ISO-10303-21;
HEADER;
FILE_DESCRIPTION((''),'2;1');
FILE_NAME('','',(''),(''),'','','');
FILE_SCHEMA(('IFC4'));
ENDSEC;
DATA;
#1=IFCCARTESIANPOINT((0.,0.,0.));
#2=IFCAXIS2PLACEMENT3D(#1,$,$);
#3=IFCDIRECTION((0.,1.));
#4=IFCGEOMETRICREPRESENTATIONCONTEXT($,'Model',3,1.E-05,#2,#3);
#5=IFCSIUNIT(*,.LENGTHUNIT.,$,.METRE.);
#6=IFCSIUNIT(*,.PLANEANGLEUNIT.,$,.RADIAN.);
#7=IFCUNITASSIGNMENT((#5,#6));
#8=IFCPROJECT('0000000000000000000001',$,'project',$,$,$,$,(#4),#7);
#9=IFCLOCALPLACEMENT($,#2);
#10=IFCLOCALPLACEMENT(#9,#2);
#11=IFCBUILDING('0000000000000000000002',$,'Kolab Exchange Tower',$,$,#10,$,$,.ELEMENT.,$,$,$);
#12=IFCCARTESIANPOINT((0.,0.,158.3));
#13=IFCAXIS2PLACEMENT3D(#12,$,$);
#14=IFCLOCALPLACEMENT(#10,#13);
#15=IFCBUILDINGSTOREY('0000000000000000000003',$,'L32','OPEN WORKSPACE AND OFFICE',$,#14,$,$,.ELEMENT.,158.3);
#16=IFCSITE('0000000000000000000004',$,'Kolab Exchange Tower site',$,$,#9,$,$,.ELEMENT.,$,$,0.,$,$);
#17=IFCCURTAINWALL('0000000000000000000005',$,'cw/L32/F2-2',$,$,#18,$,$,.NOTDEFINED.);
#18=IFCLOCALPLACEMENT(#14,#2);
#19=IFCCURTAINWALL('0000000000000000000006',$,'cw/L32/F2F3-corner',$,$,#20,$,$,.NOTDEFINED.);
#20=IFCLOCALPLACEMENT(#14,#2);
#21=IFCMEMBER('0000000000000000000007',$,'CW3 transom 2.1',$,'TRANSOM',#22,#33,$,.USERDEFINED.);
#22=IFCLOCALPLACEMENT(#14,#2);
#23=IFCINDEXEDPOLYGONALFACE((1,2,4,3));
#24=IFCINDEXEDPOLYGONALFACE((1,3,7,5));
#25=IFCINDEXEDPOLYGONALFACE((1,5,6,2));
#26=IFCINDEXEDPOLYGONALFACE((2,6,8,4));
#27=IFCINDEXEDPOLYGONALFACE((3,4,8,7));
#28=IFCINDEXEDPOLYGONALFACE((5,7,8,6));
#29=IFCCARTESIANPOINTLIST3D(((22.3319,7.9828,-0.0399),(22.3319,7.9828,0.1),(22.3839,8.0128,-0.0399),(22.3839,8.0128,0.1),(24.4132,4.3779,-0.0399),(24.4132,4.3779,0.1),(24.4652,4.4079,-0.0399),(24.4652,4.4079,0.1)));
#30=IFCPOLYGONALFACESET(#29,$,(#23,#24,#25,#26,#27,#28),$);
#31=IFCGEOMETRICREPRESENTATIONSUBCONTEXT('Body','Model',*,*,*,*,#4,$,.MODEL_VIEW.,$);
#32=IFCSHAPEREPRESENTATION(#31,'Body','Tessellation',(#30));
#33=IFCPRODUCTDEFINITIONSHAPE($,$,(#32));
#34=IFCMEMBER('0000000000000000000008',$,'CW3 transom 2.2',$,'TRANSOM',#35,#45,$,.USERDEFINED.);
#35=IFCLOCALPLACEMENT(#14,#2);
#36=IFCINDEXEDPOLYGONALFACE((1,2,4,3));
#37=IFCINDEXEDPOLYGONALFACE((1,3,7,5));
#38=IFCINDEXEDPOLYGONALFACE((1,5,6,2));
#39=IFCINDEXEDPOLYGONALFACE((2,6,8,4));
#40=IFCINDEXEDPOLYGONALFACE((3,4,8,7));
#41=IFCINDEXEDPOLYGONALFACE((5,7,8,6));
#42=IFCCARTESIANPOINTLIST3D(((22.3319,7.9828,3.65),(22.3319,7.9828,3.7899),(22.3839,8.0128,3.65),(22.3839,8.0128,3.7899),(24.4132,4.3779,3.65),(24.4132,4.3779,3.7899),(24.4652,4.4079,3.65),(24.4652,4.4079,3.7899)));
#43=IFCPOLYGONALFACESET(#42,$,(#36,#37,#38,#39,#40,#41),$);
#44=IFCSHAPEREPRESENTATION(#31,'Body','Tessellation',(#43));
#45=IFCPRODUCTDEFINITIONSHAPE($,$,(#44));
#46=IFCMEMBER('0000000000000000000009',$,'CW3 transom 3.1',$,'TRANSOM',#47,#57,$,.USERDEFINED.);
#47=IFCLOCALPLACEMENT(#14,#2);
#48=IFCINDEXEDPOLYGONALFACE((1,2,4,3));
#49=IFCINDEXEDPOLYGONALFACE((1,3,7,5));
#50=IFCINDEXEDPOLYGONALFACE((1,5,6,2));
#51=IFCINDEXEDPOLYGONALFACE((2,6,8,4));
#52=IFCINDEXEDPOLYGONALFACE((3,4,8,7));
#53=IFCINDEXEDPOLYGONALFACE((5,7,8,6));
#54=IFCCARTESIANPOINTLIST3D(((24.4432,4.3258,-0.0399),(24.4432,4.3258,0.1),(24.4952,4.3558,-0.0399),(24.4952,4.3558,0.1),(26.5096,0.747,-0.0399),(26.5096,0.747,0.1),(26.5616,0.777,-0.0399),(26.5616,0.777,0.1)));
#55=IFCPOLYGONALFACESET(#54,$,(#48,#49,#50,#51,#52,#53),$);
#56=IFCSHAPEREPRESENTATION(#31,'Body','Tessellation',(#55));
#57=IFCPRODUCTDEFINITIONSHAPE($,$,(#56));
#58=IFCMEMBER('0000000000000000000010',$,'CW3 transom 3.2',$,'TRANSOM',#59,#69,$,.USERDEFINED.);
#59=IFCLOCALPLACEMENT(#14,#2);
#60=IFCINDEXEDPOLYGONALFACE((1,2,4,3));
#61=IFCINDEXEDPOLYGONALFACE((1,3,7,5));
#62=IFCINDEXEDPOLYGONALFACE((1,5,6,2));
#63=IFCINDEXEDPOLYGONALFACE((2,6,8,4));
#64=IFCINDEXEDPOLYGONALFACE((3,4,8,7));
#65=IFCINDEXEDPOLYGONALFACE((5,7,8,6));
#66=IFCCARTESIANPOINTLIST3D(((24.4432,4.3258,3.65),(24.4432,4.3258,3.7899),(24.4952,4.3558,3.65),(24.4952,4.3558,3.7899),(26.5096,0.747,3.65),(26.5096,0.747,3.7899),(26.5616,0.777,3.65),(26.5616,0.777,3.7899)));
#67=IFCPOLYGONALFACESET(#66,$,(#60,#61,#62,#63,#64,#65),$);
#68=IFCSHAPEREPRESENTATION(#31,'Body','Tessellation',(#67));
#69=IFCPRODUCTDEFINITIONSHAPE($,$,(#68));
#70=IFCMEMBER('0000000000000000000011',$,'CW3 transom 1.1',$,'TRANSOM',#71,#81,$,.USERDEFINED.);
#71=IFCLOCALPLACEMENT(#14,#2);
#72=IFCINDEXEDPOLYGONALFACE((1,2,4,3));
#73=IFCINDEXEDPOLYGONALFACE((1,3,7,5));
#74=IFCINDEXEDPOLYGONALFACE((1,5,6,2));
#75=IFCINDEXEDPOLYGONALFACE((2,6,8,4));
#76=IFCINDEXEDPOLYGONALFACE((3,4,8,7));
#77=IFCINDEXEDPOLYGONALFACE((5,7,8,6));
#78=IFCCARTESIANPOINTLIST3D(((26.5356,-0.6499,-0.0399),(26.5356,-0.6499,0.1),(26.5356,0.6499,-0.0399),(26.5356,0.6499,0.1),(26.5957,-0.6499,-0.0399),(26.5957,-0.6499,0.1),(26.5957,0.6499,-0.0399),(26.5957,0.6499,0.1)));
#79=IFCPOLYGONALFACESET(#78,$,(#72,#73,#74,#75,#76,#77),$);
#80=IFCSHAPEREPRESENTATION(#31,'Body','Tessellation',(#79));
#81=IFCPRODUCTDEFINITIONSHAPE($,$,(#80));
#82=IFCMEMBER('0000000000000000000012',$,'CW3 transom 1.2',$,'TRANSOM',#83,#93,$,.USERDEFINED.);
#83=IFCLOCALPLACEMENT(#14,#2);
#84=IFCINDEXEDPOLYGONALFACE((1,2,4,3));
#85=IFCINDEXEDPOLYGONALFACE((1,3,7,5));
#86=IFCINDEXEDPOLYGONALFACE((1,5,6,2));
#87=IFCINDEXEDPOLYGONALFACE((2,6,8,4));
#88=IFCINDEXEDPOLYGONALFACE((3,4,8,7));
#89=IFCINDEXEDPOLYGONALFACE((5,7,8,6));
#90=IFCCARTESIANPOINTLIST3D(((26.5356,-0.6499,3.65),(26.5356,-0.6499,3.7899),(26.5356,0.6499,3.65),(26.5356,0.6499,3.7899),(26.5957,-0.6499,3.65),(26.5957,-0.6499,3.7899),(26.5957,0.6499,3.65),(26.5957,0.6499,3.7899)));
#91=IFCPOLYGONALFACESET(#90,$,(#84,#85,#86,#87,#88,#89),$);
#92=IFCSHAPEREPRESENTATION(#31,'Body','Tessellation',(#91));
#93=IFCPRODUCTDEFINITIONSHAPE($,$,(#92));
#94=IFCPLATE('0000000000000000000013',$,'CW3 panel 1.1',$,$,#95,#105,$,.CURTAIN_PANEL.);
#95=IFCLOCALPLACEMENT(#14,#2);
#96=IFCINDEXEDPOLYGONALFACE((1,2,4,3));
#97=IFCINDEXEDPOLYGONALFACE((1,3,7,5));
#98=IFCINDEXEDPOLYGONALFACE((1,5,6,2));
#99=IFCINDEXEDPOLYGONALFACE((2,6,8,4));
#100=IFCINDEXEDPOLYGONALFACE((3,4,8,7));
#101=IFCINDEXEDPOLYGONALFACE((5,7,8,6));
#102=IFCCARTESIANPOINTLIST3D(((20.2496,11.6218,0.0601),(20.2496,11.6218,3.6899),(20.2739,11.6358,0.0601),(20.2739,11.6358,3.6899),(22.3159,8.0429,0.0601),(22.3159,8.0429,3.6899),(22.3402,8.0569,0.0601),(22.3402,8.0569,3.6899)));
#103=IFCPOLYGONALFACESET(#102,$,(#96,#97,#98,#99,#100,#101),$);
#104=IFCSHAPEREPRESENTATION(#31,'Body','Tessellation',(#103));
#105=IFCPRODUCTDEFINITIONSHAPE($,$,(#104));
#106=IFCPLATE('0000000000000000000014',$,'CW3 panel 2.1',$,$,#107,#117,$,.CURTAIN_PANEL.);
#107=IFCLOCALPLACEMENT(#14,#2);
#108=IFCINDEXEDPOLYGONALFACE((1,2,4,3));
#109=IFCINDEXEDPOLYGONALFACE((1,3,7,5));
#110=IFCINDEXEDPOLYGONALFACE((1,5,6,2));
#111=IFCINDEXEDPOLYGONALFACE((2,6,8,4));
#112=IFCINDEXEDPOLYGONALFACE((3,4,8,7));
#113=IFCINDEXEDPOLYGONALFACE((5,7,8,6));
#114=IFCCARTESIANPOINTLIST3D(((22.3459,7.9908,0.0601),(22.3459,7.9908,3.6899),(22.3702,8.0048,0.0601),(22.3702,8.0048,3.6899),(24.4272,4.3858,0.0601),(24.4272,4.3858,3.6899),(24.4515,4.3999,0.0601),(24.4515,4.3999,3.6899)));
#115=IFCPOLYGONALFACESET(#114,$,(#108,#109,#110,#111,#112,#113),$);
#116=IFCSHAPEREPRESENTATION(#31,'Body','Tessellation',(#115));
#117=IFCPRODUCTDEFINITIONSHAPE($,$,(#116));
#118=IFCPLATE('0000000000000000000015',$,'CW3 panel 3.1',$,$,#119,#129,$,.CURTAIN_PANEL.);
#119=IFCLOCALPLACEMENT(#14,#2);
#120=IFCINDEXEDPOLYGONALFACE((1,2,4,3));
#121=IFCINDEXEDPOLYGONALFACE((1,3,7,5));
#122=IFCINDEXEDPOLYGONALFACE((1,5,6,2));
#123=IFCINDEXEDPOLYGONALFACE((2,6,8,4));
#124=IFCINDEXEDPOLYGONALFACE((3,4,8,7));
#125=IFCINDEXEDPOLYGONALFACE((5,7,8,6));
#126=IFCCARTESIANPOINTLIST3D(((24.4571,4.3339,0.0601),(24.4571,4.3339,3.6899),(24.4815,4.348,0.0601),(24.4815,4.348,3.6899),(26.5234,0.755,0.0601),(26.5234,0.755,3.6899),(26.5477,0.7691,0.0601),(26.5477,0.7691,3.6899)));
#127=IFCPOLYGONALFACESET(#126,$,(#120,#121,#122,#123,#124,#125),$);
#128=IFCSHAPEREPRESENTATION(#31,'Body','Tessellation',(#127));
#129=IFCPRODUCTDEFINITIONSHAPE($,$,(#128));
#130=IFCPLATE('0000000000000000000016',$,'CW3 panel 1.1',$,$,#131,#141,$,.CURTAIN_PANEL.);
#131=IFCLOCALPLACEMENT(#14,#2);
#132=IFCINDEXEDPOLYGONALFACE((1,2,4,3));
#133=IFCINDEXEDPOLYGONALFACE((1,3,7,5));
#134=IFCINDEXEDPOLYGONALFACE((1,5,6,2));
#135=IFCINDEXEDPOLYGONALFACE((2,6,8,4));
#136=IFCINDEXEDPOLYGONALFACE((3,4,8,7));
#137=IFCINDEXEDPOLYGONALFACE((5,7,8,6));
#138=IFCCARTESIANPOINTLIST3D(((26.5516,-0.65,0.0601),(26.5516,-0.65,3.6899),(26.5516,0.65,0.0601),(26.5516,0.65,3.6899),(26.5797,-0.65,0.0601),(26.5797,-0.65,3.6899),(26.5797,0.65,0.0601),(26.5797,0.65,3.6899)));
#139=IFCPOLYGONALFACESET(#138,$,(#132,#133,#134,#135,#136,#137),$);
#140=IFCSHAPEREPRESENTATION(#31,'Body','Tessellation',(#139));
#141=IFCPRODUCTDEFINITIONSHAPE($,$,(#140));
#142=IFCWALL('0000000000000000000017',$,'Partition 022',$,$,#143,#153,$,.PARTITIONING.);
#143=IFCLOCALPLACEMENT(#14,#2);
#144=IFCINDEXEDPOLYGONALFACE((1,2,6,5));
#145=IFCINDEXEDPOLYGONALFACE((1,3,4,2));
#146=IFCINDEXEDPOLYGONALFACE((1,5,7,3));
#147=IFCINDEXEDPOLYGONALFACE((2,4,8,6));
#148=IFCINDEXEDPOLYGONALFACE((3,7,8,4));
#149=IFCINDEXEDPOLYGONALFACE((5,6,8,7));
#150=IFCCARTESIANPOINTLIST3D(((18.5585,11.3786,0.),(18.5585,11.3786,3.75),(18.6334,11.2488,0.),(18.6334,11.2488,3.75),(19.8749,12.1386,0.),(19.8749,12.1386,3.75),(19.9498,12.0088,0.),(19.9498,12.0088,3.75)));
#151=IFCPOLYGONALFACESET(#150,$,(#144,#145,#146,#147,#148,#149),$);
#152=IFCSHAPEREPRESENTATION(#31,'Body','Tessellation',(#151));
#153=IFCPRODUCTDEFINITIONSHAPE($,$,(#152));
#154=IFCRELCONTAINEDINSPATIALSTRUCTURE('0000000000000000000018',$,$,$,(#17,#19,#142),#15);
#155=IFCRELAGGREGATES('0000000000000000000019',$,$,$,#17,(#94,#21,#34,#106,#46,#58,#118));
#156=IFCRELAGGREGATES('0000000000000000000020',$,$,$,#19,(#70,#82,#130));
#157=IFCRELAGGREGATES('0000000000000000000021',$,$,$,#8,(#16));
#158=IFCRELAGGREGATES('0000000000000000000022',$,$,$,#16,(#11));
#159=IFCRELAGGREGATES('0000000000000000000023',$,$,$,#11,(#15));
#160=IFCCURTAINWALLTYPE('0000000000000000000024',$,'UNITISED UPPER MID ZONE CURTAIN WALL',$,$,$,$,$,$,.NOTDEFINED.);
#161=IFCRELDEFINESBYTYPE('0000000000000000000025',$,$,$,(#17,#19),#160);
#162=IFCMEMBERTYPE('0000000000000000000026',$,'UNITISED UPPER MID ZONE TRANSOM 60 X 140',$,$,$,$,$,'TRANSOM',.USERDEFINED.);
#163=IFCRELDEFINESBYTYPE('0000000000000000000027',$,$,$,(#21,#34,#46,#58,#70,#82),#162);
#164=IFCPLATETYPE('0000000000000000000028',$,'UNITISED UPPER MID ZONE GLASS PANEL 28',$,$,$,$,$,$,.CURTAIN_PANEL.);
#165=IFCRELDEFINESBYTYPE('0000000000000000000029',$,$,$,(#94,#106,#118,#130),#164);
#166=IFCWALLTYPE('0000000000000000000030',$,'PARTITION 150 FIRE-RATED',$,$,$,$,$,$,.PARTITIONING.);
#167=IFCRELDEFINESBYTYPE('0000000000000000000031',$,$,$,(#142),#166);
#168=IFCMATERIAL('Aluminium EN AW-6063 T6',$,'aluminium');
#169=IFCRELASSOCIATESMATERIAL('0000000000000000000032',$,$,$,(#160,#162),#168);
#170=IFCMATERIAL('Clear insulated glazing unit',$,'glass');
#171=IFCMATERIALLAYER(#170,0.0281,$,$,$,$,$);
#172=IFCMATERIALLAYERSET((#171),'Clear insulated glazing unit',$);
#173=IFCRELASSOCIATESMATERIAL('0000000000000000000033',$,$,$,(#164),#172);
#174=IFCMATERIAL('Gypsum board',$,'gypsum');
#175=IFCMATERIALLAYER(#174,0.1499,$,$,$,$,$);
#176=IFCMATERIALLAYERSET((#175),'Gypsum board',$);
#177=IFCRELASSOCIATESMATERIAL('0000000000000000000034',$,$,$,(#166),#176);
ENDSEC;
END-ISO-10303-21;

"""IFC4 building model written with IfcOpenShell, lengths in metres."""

from ifc_helpers import new_model, si_unit, direction, frame, frame_2d, origin, origin_2d, place, context, subcontext, project, spatial, rectangle, extrude, material, layer, layer_set, material_profile, profile_set, type_object, element, aggregate, save


model = new_model("IFC4")

# Units and contexts
model_context = context("Model", 3, precision=1e-05, world=origin(), true_north=direction((0.0, 1.0)))
body_context = subcontext(model_context, "Body", "Model", "MODEL_VIEW")
ifc_project = project(units=[si_unit("LENGTHUNIT", "METRE"), si_unit("PLANEANGLEUNIT", "RADIAN")], contexts=[model_context])

# Site, building, storey
site_placement = place(None, origin())
site = spatial("IfcSite", under=ifc_project, at=site_placement, Name="Kolab Exchange Tower site", CompositionType="ELEMENT", RefElevation=0.0)
building_placement = place(site_placement, origin())
building = spatial("IfcBuilding", under=site, at=building_placement, Name="Kolab Exchange Tower", CompositionType="ELEMENT")
storey_placement = place(building_placement, frame((0.0, 0.0, 158.3)))
storey = spatial("IfcBuildingStorey", under=building, at=storey_placement, Name="L32", Description="OPEN WORKSPACE AND OFFICE", CompositionType="ELEMENT", Elevation=158.3)

# Curtain wall
ifc_material_1 = material(Name="Aluminium EN AW-6063 T6", Category="aluminium")
curtain_wall_type = type_object("IfcCurtainWallType", Name="UNITISED UPPER MID ZONE CURTAIN WALL", PredefinedType="NOTDEFINED", material=ifc_material_1)
curtain_wall_1_placement = place(storey_placement, origin())
curtain_wall_1 = element("IfcCurtainWall", 1, at=curtain_wall_1_placement, inside=storey, type_object=curtain_wall_type, Name="cw/L32/F2-2", PredefinedType="NOTDEFINED")

# Curtain wall
curtain_wall_2_placement = place(storey_placement, origin())
curtain_wall_2 = element("IfcCurtainWall", 2, at=curtain_wall_2_placement, inside=storey, type_object=curtain_wall_type, Name="cw/L32/F2F3-corner", PredefinedType="NOTDEFINED")

# Members
ifc_material_profile_1 = material_profile(ifc_material_1, rectangle(XDim=0.0601, YDim=0.1399, at=origin_2d()), Name="RECT 60X140")
ifc_profile_set_1 = profile_set([ifc_material_profile_1], Name="Aluminium EN AW-6063 T6")
member_type_1 = type_object("IfcMemberType", Name="UNITISED UPPER MID ZONE TRANSOM 60 X 140", ElementType="TRANSOM", PredefinedType="USERDEFINED", material=ifc_profile_set_1)
member_1_placement = place(storey_placement, frame((22.3579, 7.9978, 0.03), z_axis=(0.499993, -0.866029, 0.0), x_axis=(0.866029, 0.499993, 0.0)))
member_1 = element("IfcMember", 3, at=member_1_placement, type_object=member_type_1, Name="CW3 transom 2.1", ObjectType="TRANSOM", PredefinedType="USERDEFINED", context=body_context, shape_type="SweptSolid", body=[
    extrude(rectangle(XDim=0.0601, YDim=0.1399, at=origin_2d()), origin(), (0.0, 0.0, 1.0), 4.1626),
])
member_2_placement = place(storey_placement, frame((22.3579, 7.9978, 3.72), z_axis=(0.499993, -0.866029, 0.0), x_axis=(0.866029, 0.499993, 0.0)))
member_2 = element("IfcMember", 4, at=member_2_placement, type_object=member_type_1, Name="CW3 transom 2.2", ObjectType="TRANSOM", PredefinedType="USERDEFINED", context=body_context, shape_type="SweptSolid", body=[
    extrude(rectangle(XDim=0.0601, YDim=0.1399, at=origin_2d()), origin(), (0.0, 0.0, 1.0), 4.1626),
])
member_3_placement = place(storey_placement, frame((24.4692, 4.3408, 0.03), z_axis=(0.500028, -0.866009, 0.0), x_axis=(0.866009, 0.500028, 0.0)))
member_3 = element("IfcMember", 5, at=member_3_placement, type_object=member_type_1, Name="CW3 transom 3.1", ObjectType="TRANSOM", PredefinedType="USERDEFINED", context=body_context, shape_type="SweptSolid", body=[
    extrude(rectangle(XDim=0.0601, YDim=0.1399, at=origin_2d()), origin(), (0.0, 0.0, 1.0), 4.1326),
])
member_4_placement = place(storey_placement, frame((24.4692, 4.3408, 3.72), z_axis=(0.500028, -0.866009, 0.0), x_axis=(0.866009, 0.500028, 0.0)))
member_4 = element("IfcMember", 6, at=member_4_placement, type_object=member_type_1, Name="CW3 transom 3.2", ObjectType="TRANSOM", PredefinedType="USERDEFINED", context=body_context, shape_type="SweptSolid", body=[
    extrude(rectangle(XDim=0.0601, YDim=0.1399, at=origin_2d()), origin(), (0.0, 0.0, 1.0), 4.1326),
])
member_5_placement = place(storey_placement, frame((26.5657, 0.6499, 0.03), z_axis=(0.0, -1.0, 0.0), x_axis=(1.0, 0.0, 0.0)))
member_5 = element("IfcMember", 7, at=member_5_placement, type_object=member_type_1, Name="CW3 transom 1.1", ObjectType="TRANSOM", PredefinedType="USERDEFINED", context=body_context, shape_type="SweptSolid", body=[
    extrude(rectangle(XDim=0.0601, YDim=0.1399, at=origin_2d()), origin(), (0.0, 0.0, 1.0), 1.2998),
])
member_6_placement = place(storey_placement, frame((26.5657, 0.6499, 3.72), z_axis=(0.0, -1.0, 0.0), x_axis=(1.0, 0.0, 0.0)))
member_6 = element("IfcMember", 8, at=member_6_placement, type_object=member_type_1, Name="CW3 transom 1.2", ObjectType="TRANSOM", PredefinedType="USERDEFINED", context=body_context, shape_type="SweptSolid", body=[
    extrude(rectangle(XDim=0.0601, YDim=0.1399, at=origin_2d()), origin(), (0.0, 0.0, 1.0), 1.2998),
])

# Plates
ifc_material_2 = material(Name="Clear insulated glazing unit", Category="glass")
ifc_layer_1 = layer(ifc_material_2, 0.0281)
ifc_layer_set_1 = layer_set([ifc_layer_1], Name="Clear insulated glazing unit")
plate_type = type_object("IfcPlateType", Name="UNITISED UPPER MID ZONE GLASS PANEL 28", PredefinedType="CURTAIN_PANEL", material=ifc_layer_set_1)
plate_1_placement = place(storey_placement, frame((21.2949, 9.8394, 0.0601), z_axis=(0.0, 0.0, 1.0), x_axis=(0.5, -0.866025, 0.0)))
plate_1 = element("IfcPlate", 9, at=plate_1_placement, type_object=plate_type, Name="CW3 panel 1.1", PredefinedType="CURTAIN_PANEL", context=body_context, shape_type="SweptSolid", body=[
    extrude(rectangle(XDim=4.1326, YDim=0.0281, at=origin_2d()), origin(), (0.0, 0.0, 1.0), 3.6299),
])
plate_2_placement = place(storey_placement, frame((23.3987, 6.1953, 0.0601), z_axis=(0.0, 0.0, 1.0), x_axis=(0.5, -0.866025, 0.0)))
plate_2 = element("IfcPlate", 10, at=plate_2_placement, type_object=plate_type, Name="CW3 panel 2.1", PredefinedType="CURTAIN_PANEL", context=body_context, shape_type="SweptSolid", body=[
    extrude(rectangle(XDim=4.1626, YDim=0.0281, at=origin_2d()), origin(), (0.0, 0.0, 1.0), 3.6299),
])
plate_3_placement = place(storey_placement, frame((25.5024, 2.5515, 0.0601), z_axis=(0.0, 0.0, 1.0), x_axis=(0.5, -0.866025, 0.0)))
plate_3 = element("IfcPlate", 11, at=plate_3_placement, type_object=plate_type, Name="CW3 panel 3.1", PredefinedType="CURTAIN_PANEL", context=body_context, shape_type="SweptSolid", body=[
    extrude(rectangle(XDim=4.1326, YDim=0.0281, at=origin_2d()), origin(), (0.0, 0.0, 1.0), 3.6299),
])
aggregate(curtain_wall_1, [plate_1, member_1, member_2, plate_2, member_3, member_4, plate_3])
plate_4_placement = place(storey_placement, frame((26.5657, 0.0, 0.0601), z_axis=(0.0, 0.0, 1.0), x_axis=(0.0, -1.0, 0.0)))
plate_4 = element("IfcPlate", 12, at=plate_4_placement, type_object=plate_type, Name="CW3 panel 1.1", PredefinedType="CURTAIN_PANEL", context=body_context, shape_type="SweptSolid", body=[
    extrude(rectangle(XDim=1.3, YDim=0.0281, at=origin_2d()), origin(), (0.0, 0.0, 1.0), 3.6299),
])
aggregate(curtain_wall_2, [member_5, member_6, plate_4])

# Wall
ifc_material_3 = material(Name="Gypsum board", Category="gypsum")
ifc_layer_2 = layer(ifc_material_3, 0.1499)
ifc_layer_set_2 = layer_set([ifc_layer_2], Name="Gypsum board")
wall_type = type_object("IfcWallType", Name="PARTITION 150 FIRE-RATED", PredefinedType="PARTITIONING", material=ifc_layer_set_2)
wall_placement = place(storey_placement, frame((18.5959, 11.3137, 0.0), z_axis=(0.0, 0.0, 1.0), x_axis=(0.86603, 0.499991, 0.0)))
element("IfcWall", 13, at=wall_placement, inside=storey, type_object=wall_type, Name="Partition 022", PredefinedType="PARTITIONING", context=body_context, shape_type="SweptSolid", body=[
    extrude(rectangle(XDim=1.52, YDim=0.1499, at=frame_2d((0.76, 0.0))), origin(), (0.0, 0.0, 1.0), 3.75),
])

save(model, "model.ifc")
